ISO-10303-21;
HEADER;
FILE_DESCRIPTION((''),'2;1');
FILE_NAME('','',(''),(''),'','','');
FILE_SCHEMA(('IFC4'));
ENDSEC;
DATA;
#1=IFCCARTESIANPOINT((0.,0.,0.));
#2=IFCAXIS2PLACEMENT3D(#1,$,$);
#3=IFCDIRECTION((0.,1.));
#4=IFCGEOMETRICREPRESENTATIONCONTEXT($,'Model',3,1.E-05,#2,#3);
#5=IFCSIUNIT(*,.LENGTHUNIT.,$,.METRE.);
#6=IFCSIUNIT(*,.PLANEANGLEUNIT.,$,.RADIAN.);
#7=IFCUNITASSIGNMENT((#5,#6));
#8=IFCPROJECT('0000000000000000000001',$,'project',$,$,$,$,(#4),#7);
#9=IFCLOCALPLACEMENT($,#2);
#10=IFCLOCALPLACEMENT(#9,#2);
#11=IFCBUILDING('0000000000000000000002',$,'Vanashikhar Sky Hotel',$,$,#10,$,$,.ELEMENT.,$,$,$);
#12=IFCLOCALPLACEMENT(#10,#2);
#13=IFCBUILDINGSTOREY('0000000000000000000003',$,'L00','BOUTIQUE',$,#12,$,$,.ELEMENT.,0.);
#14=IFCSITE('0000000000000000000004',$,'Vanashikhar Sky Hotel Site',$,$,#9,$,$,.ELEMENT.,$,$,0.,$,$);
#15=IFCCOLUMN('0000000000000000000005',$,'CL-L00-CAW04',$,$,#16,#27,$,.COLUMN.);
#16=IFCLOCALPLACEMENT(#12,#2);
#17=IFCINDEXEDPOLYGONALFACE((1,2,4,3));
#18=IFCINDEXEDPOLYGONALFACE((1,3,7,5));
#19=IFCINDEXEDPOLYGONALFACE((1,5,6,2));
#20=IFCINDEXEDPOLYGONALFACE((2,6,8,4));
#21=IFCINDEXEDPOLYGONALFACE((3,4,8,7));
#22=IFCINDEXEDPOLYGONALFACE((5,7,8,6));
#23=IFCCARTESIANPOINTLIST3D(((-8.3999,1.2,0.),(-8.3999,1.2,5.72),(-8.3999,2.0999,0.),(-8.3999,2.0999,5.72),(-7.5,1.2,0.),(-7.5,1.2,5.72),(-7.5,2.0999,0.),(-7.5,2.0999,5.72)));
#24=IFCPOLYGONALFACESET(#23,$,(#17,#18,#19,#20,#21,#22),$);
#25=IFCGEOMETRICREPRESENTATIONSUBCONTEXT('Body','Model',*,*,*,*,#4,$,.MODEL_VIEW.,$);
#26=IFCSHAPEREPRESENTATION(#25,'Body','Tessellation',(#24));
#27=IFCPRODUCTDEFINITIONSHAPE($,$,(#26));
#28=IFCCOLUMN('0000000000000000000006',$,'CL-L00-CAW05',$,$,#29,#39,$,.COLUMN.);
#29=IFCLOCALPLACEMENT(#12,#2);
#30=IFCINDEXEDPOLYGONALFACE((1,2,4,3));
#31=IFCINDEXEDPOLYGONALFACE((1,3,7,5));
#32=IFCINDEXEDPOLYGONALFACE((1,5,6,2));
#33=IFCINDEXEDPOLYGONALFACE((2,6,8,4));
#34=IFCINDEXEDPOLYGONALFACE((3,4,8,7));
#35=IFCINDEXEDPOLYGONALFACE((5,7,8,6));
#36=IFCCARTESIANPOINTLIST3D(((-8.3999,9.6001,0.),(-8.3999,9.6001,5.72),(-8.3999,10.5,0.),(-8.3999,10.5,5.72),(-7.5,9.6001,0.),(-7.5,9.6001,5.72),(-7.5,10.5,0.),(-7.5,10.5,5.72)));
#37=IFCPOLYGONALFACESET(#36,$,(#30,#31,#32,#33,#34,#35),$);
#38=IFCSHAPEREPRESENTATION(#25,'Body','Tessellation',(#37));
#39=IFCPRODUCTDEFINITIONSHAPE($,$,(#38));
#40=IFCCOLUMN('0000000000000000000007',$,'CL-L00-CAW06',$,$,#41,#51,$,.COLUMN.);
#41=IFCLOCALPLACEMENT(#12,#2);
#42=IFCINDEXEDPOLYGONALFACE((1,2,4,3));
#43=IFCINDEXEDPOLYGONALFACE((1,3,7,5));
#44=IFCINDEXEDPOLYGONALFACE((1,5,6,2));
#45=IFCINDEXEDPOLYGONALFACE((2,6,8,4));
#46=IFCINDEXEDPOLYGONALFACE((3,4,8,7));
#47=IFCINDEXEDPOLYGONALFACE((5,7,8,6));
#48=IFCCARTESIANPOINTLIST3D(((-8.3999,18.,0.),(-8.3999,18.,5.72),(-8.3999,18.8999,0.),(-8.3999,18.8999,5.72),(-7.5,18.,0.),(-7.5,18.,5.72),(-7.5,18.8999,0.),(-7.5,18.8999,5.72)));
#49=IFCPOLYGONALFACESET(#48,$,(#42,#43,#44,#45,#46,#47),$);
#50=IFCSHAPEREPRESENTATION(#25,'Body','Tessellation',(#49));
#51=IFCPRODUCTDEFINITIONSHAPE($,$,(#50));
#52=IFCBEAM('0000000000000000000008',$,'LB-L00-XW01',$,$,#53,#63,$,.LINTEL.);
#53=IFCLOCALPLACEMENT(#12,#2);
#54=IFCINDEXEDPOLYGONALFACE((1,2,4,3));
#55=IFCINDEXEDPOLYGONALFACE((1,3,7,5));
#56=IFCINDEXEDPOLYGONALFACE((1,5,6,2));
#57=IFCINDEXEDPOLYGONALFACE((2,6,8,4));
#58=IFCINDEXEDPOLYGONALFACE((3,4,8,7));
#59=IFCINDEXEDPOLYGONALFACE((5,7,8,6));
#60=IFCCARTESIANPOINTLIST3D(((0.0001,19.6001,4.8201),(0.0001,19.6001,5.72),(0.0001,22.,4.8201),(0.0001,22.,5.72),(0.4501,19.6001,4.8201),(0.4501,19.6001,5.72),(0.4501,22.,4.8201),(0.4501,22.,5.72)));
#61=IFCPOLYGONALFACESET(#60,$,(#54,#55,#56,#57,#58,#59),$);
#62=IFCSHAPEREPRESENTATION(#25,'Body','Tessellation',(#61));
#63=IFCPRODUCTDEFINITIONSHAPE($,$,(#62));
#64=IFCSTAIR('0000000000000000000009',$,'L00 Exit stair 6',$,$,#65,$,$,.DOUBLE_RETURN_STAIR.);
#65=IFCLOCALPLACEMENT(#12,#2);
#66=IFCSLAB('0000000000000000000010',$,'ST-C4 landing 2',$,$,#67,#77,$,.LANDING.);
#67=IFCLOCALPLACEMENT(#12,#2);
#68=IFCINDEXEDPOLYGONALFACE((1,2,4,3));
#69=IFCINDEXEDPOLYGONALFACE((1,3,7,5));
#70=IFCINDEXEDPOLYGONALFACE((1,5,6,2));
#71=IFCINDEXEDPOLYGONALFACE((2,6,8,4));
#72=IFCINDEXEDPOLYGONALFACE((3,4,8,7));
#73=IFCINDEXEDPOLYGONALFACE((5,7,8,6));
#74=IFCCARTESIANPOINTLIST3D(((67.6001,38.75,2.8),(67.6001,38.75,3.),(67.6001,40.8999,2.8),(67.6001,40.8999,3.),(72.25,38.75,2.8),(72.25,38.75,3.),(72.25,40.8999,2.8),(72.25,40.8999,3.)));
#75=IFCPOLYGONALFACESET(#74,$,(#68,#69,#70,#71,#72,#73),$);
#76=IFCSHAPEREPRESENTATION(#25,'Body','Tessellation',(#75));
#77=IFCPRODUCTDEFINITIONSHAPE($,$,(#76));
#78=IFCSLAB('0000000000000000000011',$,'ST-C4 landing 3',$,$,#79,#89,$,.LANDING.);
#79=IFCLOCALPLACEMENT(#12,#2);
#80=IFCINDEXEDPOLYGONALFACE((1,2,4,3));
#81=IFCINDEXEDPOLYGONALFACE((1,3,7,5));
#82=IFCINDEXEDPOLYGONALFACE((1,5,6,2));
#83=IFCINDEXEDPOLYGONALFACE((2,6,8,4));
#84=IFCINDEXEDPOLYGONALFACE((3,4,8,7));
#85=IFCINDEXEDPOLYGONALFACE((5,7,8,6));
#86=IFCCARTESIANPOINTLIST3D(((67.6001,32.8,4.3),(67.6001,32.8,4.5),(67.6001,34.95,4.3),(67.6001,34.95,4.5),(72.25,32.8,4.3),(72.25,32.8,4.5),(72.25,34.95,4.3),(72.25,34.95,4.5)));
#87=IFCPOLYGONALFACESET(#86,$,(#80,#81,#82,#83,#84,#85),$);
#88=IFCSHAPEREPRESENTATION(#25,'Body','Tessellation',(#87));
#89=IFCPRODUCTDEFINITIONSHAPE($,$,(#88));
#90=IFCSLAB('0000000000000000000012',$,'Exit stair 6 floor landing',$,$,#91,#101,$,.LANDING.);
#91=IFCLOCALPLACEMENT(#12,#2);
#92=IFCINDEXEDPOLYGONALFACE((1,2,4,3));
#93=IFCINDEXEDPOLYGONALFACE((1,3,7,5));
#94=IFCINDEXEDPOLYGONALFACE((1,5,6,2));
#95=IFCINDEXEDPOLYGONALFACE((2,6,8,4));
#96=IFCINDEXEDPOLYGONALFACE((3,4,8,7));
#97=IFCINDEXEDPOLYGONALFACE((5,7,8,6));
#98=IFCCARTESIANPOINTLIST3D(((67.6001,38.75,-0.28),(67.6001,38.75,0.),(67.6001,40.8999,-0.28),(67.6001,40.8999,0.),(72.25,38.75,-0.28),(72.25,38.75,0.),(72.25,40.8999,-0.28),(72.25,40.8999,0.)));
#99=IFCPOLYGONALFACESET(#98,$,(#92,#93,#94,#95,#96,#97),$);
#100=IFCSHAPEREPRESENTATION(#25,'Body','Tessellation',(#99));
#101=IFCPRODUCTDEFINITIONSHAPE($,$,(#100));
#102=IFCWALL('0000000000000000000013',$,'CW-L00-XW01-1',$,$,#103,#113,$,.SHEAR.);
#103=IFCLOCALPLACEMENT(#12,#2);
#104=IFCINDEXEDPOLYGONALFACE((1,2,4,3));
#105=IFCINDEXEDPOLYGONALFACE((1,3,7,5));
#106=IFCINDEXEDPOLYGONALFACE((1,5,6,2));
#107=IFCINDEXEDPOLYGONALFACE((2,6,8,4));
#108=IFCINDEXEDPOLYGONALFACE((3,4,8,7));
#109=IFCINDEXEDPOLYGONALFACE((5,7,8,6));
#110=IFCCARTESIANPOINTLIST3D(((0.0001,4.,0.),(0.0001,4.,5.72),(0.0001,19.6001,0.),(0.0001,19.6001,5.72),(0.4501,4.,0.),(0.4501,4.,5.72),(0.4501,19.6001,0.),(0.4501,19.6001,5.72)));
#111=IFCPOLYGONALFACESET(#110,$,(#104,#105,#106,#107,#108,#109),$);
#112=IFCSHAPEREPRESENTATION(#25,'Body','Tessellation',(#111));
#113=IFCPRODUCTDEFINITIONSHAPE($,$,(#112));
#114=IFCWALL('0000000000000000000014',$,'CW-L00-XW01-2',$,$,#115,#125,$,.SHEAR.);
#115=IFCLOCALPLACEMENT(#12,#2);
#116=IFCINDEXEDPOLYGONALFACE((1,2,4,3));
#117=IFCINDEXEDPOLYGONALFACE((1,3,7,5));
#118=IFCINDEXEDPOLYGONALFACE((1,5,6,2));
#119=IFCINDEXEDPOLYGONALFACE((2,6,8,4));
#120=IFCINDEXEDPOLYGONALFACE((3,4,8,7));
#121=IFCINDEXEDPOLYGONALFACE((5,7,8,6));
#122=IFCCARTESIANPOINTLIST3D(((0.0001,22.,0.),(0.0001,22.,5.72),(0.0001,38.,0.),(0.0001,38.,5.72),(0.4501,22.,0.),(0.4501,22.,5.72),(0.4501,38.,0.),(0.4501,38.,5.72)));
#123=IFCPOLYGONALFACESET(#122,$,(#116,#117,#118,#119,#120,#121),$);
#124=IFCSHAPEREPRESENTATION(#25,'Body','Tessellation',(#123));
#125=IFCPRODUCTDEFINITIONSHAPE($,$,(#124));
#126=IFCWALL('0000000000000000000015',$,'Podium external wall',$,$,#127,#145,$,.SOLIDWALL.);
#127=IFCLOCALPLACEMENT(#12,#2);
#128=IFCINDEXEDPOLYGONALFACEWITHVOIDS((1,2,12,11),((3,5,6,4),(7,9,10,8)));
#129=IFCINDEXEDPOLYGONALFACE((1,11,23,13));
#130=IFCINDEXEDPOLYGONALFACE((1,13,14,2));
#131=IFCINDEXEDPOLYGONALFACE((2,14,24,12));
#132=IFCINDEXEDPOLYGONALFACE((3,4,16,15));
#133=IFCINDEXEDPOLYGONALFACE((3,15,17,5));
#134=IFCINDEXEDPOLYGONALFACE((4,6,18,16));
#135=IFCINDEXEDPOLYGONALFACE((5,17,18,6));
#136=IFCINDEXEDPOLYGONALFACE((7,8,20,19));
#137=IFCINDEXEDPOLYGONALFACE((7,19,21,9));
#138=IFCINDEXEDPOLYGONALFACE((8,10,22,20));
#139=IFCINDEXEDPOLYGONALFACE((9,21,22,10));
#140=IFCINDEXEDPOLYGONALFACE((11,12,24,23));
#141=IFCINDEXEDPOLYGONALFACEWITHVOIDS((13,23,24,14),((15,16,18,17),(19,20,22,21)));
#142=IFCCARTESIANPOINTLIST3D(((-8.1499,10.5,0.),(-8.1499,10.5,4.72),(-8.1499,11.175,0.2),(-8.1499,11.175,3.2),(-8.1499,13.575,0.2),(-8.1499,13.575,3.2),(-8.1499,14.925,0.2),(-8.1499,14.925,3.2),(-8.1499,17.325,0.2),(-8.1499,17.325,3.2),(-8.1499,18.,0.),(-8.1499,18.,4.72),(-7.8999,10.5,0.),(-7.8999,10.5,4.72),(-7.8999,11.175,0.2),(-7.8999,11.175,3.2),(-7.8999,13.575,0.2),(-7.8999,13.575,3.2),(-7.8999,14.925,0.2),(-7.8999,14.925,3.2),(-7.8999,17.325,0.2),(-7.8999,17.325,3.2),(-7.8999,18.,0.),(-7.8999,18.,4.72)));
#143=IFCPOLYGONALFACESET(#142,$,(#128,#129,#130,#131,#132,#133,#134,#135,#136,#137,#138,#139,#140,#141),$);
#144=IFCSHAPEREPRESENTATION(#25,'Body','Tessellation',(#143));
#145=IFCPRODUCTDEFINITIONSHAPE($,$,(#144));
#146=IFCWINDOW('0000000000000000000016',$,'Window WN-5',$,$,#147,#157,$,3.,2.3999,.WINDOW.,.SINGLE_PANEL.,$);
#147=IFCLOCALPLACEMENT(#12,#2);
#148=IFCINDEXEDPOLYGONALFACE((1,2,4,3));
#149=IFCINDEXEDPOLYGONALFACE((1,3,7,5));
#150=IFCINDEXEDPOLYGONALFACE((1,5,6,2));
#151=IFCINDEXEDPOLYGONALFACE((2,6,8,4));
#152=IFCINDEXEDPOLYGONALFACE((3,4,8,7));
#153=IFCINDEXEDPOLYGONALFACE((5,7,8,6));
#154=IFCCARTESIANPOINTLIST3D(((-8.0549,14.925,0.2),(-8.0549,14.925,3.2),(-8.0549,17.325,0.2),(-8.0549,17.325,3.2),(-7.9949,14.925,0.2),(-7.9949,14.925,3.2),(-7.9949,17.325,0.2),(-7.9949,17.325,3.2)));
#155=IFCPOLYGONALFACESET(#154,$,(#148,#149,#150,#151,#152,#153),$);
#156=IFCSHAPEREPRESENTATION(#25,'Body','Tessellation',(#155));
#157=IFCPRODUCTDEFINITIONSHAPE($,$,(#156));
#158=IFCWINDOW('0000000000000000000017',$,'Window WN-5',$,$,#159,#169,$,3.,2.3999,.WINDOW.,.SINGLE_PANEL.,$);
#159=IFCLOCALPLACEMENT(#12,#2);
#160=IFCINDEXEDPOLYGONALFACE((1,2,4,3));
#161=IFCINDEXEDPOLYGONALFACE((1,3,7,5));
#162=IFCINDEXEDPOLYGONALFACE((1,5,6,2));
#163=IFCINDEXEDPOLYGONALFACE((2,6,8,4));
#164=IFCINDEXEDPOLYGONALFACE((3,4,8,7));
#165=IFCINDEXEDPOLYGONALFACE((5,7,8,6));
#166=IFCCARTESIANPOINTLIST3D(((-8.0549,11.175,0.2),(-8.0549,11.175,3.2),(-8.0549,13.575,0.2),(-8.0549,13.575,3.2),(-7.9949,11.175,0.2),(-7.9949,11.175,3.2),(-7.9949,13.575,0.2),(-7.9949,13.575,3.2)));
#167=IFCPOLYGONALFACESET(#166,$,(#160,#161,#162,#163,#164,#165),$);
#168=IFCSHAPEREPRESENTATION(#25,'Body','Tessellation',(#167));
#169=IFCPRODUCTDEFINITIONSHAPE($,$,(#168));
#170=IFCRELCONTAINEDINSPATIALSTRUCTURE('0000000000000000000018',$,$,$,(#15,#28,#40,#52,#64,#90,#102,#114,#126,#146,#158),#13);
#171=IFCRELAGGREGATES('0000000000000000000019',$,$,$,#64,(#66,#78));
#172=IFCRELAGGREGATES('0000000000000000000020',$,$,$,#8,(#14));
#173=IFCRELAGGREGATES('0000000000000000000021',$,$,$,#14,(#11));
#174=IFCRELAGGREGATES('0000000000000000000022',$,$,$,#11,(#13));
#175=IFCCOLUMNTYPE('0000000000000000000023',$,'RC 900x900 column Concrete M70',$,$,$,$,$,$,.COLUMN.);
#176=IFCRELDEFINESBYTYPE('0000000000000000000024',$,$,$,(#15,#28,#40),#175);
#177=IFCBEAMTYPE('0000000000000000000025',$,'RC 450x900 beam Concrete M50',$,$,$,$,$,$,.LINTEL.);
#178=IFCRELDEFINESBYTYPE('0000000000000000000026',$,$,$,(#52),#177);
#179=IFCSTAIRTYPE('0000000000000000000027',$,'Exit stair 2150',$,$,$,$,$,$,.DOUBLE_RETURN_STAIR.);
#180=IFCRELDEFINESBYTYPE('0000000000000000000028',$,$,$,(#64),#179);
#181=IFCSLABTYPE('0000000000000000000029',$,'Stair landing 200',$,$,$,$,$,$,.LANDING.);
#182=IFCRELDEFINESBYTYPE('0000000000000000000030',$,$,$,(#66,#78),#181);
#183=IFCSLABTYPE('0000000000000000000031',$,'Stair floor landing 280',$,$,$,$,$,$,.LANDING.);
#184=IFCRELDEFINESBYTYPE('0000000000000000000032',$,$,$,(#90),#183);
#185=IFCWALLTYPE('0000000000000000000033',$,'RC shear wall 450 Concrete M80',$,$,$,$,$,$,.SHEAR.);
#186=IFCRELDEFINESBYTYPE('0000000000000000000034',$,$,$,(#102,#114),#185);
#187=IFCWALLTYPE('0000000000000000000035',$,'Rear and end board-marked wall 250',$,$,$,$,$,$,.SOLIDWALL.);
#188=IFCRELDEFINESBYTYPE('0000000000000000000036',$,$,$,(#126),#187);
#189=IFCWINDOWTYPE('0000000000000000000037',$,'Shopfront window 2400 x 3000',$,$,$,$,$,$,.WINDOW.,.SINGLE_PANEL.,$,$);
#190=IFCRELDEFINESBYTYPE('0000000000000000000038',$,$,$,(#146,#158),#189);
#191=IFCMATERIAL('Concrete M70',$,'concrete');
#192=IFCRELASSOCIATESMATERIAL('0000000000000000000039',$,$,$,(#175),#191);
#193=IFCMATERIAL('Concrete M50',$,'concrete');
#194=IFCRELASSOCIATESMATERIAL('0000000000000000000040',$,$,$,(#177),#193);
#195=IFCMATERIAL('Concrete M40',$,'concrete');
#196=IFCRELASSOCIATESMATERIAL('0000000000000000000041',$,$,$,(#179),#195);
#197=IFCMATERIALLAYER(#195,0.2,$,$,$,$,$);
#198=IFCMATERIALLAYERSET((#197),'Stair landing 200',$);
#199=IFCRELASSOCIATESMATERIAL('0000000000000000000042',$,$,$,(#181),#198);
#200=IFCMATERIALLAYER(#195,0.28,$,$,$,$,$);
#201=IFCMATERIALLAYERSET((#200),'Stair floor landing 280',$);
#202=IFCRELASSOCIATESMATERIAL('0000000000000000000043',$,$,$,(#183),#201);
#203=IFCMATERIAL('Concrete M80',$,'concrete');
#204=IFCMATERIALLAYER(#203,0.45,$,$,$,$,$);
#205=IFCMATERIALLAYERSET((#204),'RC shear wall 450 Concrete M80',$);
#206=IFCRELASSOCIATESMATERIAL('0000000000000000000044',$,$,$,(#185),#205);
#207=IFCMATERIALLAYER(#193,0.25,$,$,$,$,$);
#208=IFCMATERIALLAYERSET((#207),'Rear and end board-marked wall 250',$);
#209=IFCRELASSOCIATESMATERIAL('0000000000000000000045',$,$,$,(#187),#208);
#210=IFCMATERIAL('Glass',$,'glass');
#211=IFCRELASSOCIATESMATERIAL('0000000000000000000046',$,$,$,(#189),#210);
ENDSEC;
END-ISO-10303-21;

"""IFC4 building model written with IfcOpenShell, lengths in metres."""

from ifc_helpers import new_model, si_unit, direction, frame, frame_2d, origin, origin_2d, place, context, subcontext, project, spatial, polyline, rectangle, outline, extrude, source, transform, mapped, material, layer, layer_set, material_profile, profile_set, type_object, element, fill, aggregate, save


model = new_model("IFC4")

# Units and contexts
model_context = context("Model", 3, precision=1e-05, world=origin(), true_north=direction((0.0, 1.0)))
body_context = subcontext(model_context, "Body", "Model", "MODEL_VIEW")
ifc_project = project(units=[si_unit("LENGTHUNIT", "METRE"), si_unit("PLANEANGLEUNIT", "RADIAN")], contexts=[model_context])

# Site, building, storey
site_placement = place(None, origin())
site = spatial("IfcSite", under=ifc_project, at=site_placement, Name="Vanashikhar Sky Hotel Site", CompositionType="ELEMENT", RefElevation=0.0)
building_placement = place(site_placement, origin())
building = spatial("IfcBuilding", under=site, at=building_placement, Name="Vanashikhar Sky Hotel", CompositionType="ELEMENT")
storey_placement = place(building_placement, origin())
storey = spatial("IfcBuildingStorey", under=building, at=storey_placement, Name="L00", Description="BOUTIQUE", CompositionType="ELEMENT", Elevation=0.0)

# Columns
ifc_material_1 = material(Name="Concrete M70", Category="concrete")
ifc_material_profile_1 = material_profile(ifc_material_1, rectangle(XDim=0.8999, YDim=0.8999, at=origin_2d()))
ifc_profile_set_1 = profile_set([ifc_material_profile_1], Name="RC 900x900 column Concrete M70")
column_type = type_object("IfcColumnType", Name="RC 900x900 column Concrete M70", PredefinedType="COLUMN", material=ifc_profile_set_1)
shared_shape_1 = source(origin(), body_context, "Body", "SweptSolid", [
    extrude(rectangle(XDim=0.8999, YDim=0.8999, at=origin_2d()), origin(), (0.0, 0.0, 1.0), 5.72),
])
for number, where, z_axis, x_axis, name in (
    (1, (-7.95, 1.6499, 0.0), (0.0, 0.0, 1.0), (1.0, 0.0, 0.0), "CL-L00-CAW04"),
    (2, (-7.95, 10.05, 0.0), (0.0, 0.0, 1.0), (1.0, 0.0, 0.0), "CL-L00-CAW05"),
    (3, (-7.95, 18.45, 0.0), (0.0, 0.0, 1.0), (1.0, 0.0, 0.0), "CL-L00-CAW06"),
):
    element("IfcColumn", number, at=place(storey_placement, frame(where, z_axis=z_axis, x_axis=x_axis)), inside=storey, type_object=column_type, Name=name, PredefinedType="COLUMN", context=body_context, shape_type="MappedRepresentation", body=[
        mapped(shared_shape_1, transform((0.0, 0.0, 0.0), scale=1.0)),
    ])

# Beam
ifc_material_2 = material(Name="Concrete M50", Category="concrete")
ifc_material_profile_2 = material_profile(ifc_material_2, rectangle(XDim=0.45, YDim=0.8999, at=origin_2d()))
ifc_profile_set_2 = profile_set([ifc_material_profile_2], Name="RC 450x900 beam Concrete M50")
beam_type = type_object("IfcBeamType", Name="RC 450x900 beam Concrete M50", PredefinedType="LINTEL", material=ifc_profile_set_2)
shared_shape_2 = source(origin(), body_context, "Body", "SweptSolid", [
    extrude(rectangle(XDim=0.45, YDim=0.8999, at=origin_2d()), origin(), (0.0, 0.0, 1.0), 2.3999),
])
beam_placement = place(storey_placement, frame((0.2251, 19.6001, 5.27), z_axis=(0.0, 1.0, 0.0), x_axis=(-1.0, 0.0, 0.0)))
element("IfcBeam", 4, at=beam_placement, inside=storey, type_object=beam_type, Name="LB-L00-XW01", PredefinedType="LINTEL", context=body_context, shape_type="MappedRepresentation", body=[
    mapped(shared_shape_2, transform((0.0, 0.0, 0.0), scale=1.0)),
])

# Stair, slabs
ifc_material_3 = material(Name="Concrete M40", Category="concrete")
stair_type = type_object("IfcStairType", Name="Exit stair 2150", PredefinedType="DOUBLE_RETURN_STAIR", material=ifc_material_3)
stair_placement = place(storey_placement, origin())
stair = element("IfcStair", 5, at=stair_placement, inside=storey, type_object=stair_type, Name="L00 Exit stair 6", PredefinedType="DOUBLE_RETURN_STAIR")
ifc_layer_1 = layer(ifc_material_3, 0.2)
ifc_layer_set_1 = layer_set([ifc_layer_1], Name="Stair landing 200")
slab_type_1 = type_object("IfcSlabType", Name="Stair landing 200", PredefinedType="LANDING", material=ifc_layer_set_1)
shared_shape_3 = source(origin(), body_context, "Body", "SweptSolid", [
    extrude(outline(polyline([(72.25, 38.75), (72.25, 40.8999), (67.6001, 40.8999), (67.6001, 38.75), (72.25, 38.75)])), origin(), (0.0, 0.0, 1.0), 0.2),
])
slab_1_placement = place(storey_placement, frame((0.0, 0.0, 2.8)))
slab_1 = element("IfcSlab", 6, at=slab_1_placement, type_object=slab_type_1, Name="ST-C4 landing 2", PredefinedType="LANDING", context=body_context, shape_type="MappedRepresentation", body=[
    mapped(shared_shape_3, transform((0.0, 0.0, 0.0), scale=1.0)),
])
shared_shape_4 = source(origin(), body_context, "Body", "SweptSolid", [
    extrude(outline(polyline([(72.25, 32.8), (72.25, 34.95), (67.6001, 34.95), (67.6001, 32.8), (72.25, 32.8)])), origin(), (0.0, 0.0, 1.0), 0.2),
])
slab_2_placement = place(storey_placement, frame((0.0, 0.0, 4.3)))
slab_2 = element("IfcSlab", 7, at=slab_2_placement, type_object=slab_type_1, Name="ST-C4 landing 3", PredefinedType="LANDING", context=body_context, shape_type="MappedRepresentation", body=[
    mapped(shared_shape_4, transform((0.0, 0.0, 0.0), scale=1.0)),
])
aggregate(stair, [slab_1, slab_2])

# Slab
ifc_layer_2 = layer(ifc_material_3, 0.28)
ifc_layer_set_2 = layer_set([ifc_layer_2], Name="Stair floor landing 280")
slab_type_2 = type_object("IfcSlabType", Name="Stair floor landing 280", PredefinedType="LANDING", material=ifc_layer_set_2)
shared_shape_5 = source(origin(), body_context, "Body", "SweptSolid", [
    extrude(outline(polyline([(72.25, 38.75), (72.25, 40.8999), (67.6001, 40.8999), (67.6001, 38.75), (72.25, 38.75)])), origin(), (0.0, 0.0, 1.0), 0.28),
])
slab_3_placement = place(storey_placement, frame((0.0, 0.0, -0.28)))
element("IfcSlab", 8, at=slab_3_placement, inside=storey, type_object=slab_type_2, Name="Exit stair 6 floor landing", PredefinedType="LANDING", context=body_context, shape_type="MappedRepresentation", body=[
    mapped(shared_shape_5, transform((0.0, 0.0, 0.0), scale=1.0)),
])

# Walls
ifc_material_4 = material(Name="Concrete M80", Category="concrete")
ifc_layer_3 = layer(ifc_material_4, 0.45)
ifc_layer_set_3 = layer_set([ifc_layer_3], Name="RC shear wall 450 Concrete M80")
wall_type_1 = type_object("IfcWallType", Name="RC shear wall 450 Concrete M80", PredefinedType="SHEAR", material=ifc_layer_set_3)
shared_shape_6 = source(origin(), body_context, "Body", "SweptSolid", [
    extrude(rectangle(XDim=15.6001, YDim=0.45, at=frame_2d((7.8, 0.0))), origin(), (0.0, 0.0, 1.0), 5.72),
])
wall_1_placement = place(storey_placement, frame((0.2251, 4.0, 0.0), z_axis=(0.0, 0.0, 1.0), x_axis=(0.0, 1.0, 0.0)))
element("IfcWall", 9, at=wall_1_placement, inside=storey, type_object=wall_type_1, Name="CW-L00-XW01-1", PredefinedType="SHEAR", context=body_context, shape_type="MappedRepresentation", body=[
    mapped(shared_shape_6, transform((0.0, 0.0, 0.0), scale=1.0)),
])
shared_shape_7 = source(origin(), body_context, "Body", "SweptSolid", [
    extrude(rectangle(XDim=16.0, YDim=0.45, at=frame_2d((8.0, 0.0))), origin(), (0.0, 0.0, 1.0), 5.72),
])
wall_2_placement = place(storey_placement, frame((0.2251, 22.0, 0.0), z_axis=(0.0, 0.0, 1.0), x_axis=(0.0, 1.0, 0.0)))
element("IfcWall", 10, at=wall_2_placement, inside=storey, type_object=wall_type_1, Name="CW-L00-XW01-2", PredefinedType="SHEAR", context=body_context, shape_type="MappedRepresentation", body=[
    mapped(shared_shape_7, transform((0.0, 0.0, 0.0), scale=1.0)),
])

# Wall, openings, windows
ifc_layer_4 = layer(ifc_material_2, 0.25)
ifc_layer_set_4 = layer_set([ifc_layer_4], Name="Rear and end board-marked wall 250")
wall_type_2 = type_object("IfcWallType", Name="Rear and end board-marked wall 250", PredefinedType="SOLIDWALL", material=ifc_layer_set_4)
shared_shape_8 = source(origin(), body_context, "Body", "SweptSolid", [
    extrude(rectangle(XDim=7.5, YDim=0.25, at=frame_2d((3.75, 0.0))), origin(), (0.0, 0.0, 1.0), 4.72),
])
wall_3_placement = place(storey_placement, frame((-8.0249, 18.0, 0.0), z_axis=(0.0, 0.0, 1.0), x_axis=(0.0, -1.0, 0.0)))
wall_3 = element("IfcWall", 11, at=wall_3_placement, inside=storey, type_object=wall_type_2, Name="Podium external wall", PredefinedType="SOLIDWALL", context=body_context, shape_type="MappedRepresentation", body=[
    mapped(shared_shape_8, transform((0.0, 0.0, 0.0), scale=1.0)),
])
shared_shape_9 = source(origin(), body_context, "Body", "SweptSolid", [
    extrude(rectangle(XDim=2.3999, YDim=3.0, at=frame_2d((1.2, 1.5))), frame((0.0, 0.135, 0.0), z_axis=(0.0, -1.0, 0.0), x_axis=(1.0, 0.0, 0.0)), (0.0, 0.0, 1.0), 0.27),
])
opening_1_placement = place(wall_3_placement, frame((0.675, 0.0, 0.2)))
opening_1 = element("IfcOpeningElement", 12, at=opening_1_placement, cuts=wall_3, PredefinedType="OPENING", context=body_context, shape_type="MappedRepresentation", body=[
    mapped(shared_shape_9, transform((0.0, 0.0, 0.0), scale=1.0)),
])
opening_2_placement = place(wall_3_placement, frame((4.425, 0.0, 0.2)))
opening_2 = element("IfcOpeningElement", 13, at=opening_2_placement, cuts=wall_3, PredefinedType="OPENING", context=body_context, shape_type="MappedRepresentation", body=[
    mapped(shared_shape_9, transform((0.0, 0.0, 0.0), scale=1.0)),
])
ifc_material_5 = material(Name="Glass", Category="glass")
window_type = type_object("IfcWindowType", Name="Shopfront window 2400 x 3000", PartitioningType="SINGLE_PANEL", PredefinedType="WINDOW", material=ifc_material_5)
shared_shape_10 = source(origin(), body_context, "Body", "SweptSolid", [
    extrude(rectangle(XDim=2.3999, YDim=3.0, at=frame_2d((1.2, 1.5))), frame((0.0, 0.03, 0.0), z_axis=(0.0, -1.0, 0.0), x_axis=(1.0, 0.0, 0.0)), (0.0, 0.0, 1.0), 0.0601),
])
window_1_placement = place(opening_1_placement, origin())
window_1 = element("IfcWindow", 14, at=window_1_placement, inside=storey, type_object=window_type, Name="Window WN-5", OverallHeight=3.0, OverallWidth=2.3999, PartitioningType="SINGLE_PANEL", PredefinedType="WINDOW", context=body_context, shape_type="MappedRepresentation", body=[
    mapped(shared_shape_10, transform((0.0, 0.0, 0.0), scale=1.0)),
])
fill(opening_1, window_1)
window_2_placement = place(opening_2_placement, origin())
window_2 = element("IfcWindow", 15, at=window_2_placement, inside=storey, type_object=window_type, Name="Window WN-5", OverallHeight=3.0, OverallWidth=2.3999, PartitioningType="SINGLE_PANEL", PredefinedType="WINDOW", context=body_context, shape_type="MappedRepresentation", body=[
    mapped(shared_shape_10, transform((0.0, 0.0, 0.0), scale=1.0)),
])
fill(opening_2, window_2)

save(model, "model.ifc")
